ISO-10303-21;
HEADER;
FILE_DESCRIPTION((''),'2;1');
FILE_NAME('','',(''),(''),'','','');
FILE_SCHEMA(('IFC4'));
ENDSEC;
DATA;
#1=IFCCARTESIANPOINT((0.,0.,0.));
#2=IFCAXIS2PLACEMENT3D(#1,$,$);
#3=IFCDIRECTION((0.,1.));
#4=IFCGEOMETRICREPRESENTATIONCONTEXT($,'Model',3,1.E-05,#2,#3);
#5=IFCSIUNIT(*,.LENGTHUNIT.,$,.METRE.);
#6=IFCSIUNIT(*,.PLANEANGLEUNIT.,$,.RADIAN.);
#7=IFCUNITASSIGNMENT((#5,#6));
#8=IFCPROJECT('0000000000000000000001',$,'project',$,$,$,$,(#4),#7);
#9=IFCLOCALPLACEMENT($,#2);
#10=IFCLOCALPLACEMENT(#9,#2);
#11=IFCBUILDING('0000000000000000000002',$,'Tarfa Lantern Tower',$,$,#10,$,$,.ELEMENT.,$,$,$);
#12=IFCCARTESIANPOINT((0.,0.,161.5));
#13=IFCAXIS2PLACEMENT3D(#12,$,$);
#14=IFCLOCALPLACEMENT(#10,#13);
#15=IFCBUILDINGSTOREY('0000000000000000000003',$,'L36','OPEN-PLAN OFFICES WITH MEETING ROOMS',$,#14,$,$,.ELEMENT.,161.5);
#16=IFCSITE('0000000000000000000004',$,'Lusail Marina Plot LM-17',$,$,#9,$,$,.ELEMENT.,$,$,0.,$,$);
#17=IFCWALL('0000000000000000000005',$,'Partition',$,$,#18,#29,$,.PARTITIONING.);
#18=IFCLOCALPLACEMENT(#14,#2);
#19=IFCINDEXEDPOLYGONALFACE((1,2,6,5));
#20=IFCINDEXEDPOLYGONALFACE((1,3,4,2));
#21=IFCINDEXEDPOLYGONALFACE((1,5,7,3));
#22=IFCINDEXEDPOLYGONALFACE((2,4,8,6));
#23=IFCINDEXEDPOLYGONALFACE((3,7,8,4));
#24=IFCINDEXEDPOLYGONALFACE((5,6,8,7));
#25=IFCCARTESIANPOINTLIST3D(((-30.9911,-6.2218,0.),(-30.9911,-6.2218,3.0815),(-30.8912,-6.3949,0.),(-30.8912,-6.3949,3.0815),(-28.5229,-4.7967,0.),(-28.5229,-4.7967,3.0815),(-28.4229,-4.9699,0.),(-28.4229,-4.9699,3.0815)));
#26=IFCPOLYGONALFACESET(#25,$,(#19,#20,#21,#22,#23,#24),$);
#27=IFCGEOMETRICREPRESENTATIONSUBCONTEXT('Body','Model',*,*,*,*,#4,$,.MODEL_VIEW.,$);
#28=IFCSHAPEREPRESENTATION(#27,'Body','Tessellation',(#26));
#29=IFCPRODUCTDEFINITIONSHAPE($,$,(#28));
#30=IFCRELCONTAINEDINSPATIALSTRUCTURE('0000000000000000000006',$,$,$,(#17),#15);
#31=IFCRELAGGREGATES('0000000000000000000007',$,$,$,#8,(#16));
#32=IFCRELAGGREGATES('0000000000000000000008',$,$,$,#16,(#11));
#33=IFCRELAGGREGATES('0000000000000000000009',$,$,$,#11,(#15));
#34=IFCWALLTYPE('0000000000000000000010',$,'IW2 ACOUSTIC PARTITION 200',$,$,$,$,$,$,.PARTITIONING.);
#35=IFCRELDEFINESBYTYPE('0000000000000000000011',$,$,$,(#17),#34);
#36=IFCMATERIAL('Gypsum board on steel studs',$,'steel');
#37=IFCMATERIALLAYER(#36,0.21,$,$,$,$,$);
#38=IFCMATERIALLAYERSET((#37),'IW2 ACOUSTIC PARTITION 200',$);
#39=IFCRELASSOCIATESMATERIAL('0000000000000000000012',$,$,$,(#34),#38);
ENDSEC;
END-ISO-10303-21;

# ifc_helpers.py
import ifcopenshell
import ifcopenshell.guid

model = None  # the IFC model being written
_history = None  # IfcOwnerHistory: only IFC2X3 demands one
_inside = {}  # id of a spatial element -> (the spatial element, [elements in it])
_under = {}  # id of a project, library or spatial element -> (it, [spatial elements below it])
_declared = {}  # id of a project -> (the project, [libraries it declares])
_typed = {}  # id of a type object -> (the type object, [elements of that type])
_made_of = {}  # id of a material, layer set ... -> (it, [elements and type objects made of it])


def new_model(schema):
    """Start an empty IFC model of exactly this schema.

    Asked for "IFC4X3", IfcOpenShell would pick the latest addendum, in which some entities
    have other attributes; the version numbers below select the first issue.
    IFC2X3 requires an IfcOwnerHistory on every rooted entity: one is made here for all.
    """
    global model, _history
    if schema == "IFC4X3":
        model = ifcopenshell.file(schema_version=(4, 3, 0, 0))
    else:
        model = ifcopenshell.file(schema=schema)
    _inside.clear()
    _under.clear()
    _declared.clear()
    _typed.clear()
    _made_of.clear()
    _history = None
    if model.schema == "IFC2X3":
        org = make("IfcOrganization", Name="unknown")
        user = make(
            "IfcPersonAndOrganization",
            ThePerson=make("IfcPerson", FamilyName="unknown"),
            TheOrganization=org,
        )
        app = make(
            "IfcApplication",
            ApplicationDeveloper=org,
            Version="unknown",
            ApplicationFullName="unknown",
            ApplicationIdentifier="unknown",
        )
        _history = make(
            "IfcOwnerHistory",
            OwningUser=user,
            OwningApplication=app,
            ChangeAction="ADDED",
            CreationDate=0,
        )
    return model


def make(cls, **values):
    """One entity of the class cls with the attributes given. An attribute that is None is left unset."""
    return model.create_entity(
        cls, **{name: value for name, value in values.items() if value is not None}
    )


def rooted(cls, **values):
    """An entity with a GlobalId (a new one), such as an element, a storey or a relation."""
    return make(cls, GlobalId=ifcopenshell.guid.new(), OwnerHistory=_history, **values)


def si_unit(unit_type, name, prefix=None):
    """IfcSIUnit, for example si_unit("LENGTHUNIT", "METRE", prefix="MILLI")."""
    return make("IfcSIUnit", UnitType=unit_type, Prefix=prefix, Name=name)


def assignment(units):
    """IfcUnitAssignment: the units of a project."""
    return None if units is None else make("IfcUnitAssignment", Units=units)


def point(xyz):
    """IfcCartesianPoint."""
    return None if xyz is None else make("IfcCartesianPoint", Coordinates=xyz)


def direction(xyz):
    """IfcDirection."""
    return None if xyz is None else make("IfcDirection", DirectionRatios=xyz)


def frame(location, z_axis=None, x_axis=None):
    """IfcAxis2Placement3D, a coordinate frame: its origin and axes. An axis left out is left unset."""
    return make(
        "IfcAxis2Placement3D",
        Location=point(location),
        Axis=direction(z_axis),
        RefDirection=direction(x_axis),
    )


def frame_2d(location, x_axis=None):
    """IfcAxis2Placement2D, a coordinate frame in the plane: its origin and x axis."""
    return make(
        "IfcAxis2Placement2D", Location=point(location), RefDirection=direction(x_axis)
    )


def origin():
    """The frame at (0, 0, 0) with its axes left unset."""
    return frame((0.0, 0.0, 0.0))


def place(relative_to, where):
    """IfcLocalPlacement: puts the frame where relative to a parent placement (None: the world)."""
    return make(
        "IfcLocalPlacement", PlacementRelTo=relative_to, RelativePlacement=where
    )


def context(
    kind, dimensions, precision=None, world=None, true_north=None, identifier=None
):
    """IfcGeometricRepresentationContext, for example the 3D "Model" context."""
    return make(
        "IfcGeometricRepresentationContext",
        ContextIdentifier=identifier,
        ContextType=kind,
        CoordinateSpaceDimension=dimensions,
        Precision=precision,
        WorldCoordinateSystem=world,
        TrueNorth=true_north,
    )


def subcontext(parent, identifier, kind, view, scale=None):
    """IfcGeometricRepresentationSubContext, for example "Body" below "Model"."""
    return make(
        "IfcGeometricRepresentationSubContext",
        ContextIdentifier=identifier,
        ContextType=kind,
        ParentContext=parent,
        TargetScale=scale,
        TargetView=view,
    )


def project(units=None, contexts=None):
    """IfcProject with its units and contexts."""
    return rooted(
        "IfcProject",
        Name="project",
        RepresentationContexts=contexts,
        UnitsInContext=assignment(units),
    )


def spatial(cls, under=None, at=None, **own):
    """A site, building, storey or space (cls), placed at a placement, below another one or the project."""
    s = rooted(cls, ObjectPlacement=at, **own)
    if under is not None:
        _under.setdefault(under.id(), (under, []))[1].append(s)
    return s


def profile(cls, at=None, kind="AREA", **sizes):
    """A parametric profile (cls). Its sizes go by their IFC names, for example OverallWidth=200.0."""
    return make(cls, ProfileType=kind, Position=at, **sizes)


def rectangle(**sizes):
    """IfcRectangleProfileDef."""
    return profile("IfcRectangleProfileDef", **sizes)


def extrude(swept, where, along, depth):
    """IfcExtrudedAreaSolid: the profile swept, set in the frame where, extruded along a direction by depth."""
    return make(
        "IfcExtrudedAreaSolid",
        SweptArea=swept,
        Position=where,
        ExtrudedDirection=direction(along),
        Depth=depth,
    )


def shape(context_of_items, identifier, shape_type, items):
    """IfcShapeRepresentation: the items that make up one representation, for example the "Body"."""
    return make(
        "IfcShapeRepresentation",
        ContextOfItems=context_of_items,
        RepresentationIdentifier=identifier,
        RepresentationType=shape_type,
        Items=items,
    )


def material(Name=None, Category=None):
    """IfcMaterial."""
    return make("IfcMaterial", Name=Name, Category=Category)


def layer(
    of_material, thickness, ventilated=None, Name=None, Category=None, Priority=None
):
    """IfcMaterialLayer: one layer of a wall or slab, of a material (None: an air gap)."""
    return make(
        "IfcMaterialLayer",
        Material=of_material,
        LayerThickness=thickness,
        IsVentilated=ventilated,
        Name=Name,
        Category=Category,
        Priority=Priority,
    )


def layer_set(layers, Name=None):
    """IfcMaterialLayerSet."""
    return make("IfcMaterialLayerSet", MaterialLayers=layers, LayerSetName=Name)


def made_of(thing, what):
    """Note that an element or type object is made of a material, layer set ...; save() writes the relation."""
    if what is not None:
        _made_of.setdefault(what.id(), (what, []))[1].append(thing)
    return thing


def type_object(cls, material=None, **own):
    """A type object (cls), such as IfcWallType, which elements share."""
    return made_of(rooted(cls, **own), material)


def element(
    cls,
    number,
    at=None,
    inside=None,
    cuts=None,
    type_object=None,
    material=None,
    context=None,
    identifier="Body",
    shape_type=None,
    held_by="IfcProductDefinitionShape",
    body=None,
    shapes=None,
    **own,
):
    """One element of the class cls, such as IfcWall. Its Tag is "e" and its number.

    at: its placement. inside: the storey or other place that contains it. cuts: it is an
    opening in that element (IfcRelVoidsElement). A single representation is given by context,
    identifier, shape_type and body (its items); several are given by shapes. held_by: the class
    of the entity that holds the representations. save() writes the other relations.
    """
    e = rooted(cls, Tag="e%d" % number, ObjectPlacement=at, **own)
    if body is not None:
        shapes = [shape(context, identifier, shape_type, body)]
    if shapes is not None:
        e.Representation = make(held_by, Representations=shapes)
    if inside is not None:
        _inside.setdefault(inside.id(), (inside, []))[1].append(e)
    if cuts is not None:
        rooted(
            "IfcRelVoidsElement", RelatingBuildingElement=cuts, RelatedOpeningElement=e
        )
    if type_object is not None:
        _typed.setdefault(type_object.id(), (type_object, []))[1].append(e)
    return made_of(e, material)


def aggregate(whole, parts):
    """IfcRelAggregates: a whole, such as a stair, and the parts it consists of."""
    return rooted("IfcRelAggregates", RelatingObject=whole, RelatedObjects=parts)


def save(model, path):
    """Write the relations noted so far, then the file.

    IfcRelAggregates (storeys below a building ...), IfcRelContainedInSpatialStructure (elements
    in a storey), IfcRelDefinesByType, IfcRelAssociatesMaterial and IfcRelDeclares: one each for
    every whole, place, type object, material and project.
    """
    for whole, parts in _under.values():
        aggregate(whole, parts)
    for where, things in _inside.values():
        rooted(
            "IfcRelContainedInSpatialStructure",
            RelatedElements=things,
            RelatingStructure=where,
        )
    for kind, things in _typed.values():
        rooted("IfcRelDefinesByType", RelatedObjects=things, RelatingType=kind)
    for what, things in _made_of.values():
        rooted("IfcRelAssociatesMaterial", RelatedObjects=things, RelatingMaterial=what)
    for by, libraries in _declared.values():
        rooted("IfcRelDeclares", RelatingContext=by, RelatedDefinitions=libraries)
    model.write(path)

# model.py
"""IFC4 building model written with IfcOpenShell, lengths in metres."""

from ifc_helpers import new_model, si_unit, direction, frame, frame_2d, origin, place, context, subcontext, project, spatial, rectangle, extrude, material, layer, layer_set, type_object, element, save


model = new_model("IFC4")

# Units and contexts
model_context = context("Model", 3, precision=1e-05, world=origin(), true_north=direction((0.0, 1.0)))
body_context = subcontext(model_context, "Body", "Model", "MODEL_VIEW")
ifc_project = project(units=[si_unit("LENGTHUNIT", "METRE"), si_unit("PLANEANGLEUNIT", "RADIAN")], contexts=[model_context])

# Site, building, storey
site_placement = place(None, origin())
site = spatial("IfcSite", under=ifc_project, at=site_placement, Name="Lusail Marina Plot LM-17", CompositionType="ELEMENT", RefElevation=0.0)
building_placement = place(site_placement, origin())
building = spatial("IfcBuilding", under=site, at=building_placement, Name="Tarfa Lantern Tower", CompositionType="ELEMENT")
storey_placement = place(building_placement, frame((0.0, 0.0, 161.5)))
storey = spatial("IfcBuildingStorey", under=building, at=storey_placement, Name="L36", Description="OPEN-PLAN OFFICES WITH MEETING ROOMS", CompositionType="ELEMENT", Elevation=161.5)

# Shared definitions
ifc_material_1 = material(Name="Gypsum board on steel studs", Category="steel")
ifc_layer_1 = layer(ifc_material_1, 0.21)
ifc_layer_set_1 = layer_set([ifc_layer_1], Name="IW2 ACOUSTIC PARTITION 200")
wall_type_1 = type_object("IfcWallType", Name="IW2 ACOUSTIC PARTITION 200", PredefinedType="PARTITIONING", material=ifc_layer_set_1)

# Wall
wall_1_placement = place(storey_placement, frame((-28.4729, -4.8833, 0.0), z_axis=(0.0, 0.0, 1.0), x_axis=(-0.866026, -0.499999, 0.0)))
element("IfcWall", 1, at=wall_1_placement, inside=storey, type_object=wall_type_1, Name="Partition", PredefinedType="PARTITIONING", context=body_context, shape_type="SweptSolid", body=[
    extrude(rectangle(XDim=2.8501, YDim=0.2, at=frame_2d((1.425, 0.0))), origin(), (0.0, 0.0, 1.0), 3.0815),
])

save(model, "model.ifc")
